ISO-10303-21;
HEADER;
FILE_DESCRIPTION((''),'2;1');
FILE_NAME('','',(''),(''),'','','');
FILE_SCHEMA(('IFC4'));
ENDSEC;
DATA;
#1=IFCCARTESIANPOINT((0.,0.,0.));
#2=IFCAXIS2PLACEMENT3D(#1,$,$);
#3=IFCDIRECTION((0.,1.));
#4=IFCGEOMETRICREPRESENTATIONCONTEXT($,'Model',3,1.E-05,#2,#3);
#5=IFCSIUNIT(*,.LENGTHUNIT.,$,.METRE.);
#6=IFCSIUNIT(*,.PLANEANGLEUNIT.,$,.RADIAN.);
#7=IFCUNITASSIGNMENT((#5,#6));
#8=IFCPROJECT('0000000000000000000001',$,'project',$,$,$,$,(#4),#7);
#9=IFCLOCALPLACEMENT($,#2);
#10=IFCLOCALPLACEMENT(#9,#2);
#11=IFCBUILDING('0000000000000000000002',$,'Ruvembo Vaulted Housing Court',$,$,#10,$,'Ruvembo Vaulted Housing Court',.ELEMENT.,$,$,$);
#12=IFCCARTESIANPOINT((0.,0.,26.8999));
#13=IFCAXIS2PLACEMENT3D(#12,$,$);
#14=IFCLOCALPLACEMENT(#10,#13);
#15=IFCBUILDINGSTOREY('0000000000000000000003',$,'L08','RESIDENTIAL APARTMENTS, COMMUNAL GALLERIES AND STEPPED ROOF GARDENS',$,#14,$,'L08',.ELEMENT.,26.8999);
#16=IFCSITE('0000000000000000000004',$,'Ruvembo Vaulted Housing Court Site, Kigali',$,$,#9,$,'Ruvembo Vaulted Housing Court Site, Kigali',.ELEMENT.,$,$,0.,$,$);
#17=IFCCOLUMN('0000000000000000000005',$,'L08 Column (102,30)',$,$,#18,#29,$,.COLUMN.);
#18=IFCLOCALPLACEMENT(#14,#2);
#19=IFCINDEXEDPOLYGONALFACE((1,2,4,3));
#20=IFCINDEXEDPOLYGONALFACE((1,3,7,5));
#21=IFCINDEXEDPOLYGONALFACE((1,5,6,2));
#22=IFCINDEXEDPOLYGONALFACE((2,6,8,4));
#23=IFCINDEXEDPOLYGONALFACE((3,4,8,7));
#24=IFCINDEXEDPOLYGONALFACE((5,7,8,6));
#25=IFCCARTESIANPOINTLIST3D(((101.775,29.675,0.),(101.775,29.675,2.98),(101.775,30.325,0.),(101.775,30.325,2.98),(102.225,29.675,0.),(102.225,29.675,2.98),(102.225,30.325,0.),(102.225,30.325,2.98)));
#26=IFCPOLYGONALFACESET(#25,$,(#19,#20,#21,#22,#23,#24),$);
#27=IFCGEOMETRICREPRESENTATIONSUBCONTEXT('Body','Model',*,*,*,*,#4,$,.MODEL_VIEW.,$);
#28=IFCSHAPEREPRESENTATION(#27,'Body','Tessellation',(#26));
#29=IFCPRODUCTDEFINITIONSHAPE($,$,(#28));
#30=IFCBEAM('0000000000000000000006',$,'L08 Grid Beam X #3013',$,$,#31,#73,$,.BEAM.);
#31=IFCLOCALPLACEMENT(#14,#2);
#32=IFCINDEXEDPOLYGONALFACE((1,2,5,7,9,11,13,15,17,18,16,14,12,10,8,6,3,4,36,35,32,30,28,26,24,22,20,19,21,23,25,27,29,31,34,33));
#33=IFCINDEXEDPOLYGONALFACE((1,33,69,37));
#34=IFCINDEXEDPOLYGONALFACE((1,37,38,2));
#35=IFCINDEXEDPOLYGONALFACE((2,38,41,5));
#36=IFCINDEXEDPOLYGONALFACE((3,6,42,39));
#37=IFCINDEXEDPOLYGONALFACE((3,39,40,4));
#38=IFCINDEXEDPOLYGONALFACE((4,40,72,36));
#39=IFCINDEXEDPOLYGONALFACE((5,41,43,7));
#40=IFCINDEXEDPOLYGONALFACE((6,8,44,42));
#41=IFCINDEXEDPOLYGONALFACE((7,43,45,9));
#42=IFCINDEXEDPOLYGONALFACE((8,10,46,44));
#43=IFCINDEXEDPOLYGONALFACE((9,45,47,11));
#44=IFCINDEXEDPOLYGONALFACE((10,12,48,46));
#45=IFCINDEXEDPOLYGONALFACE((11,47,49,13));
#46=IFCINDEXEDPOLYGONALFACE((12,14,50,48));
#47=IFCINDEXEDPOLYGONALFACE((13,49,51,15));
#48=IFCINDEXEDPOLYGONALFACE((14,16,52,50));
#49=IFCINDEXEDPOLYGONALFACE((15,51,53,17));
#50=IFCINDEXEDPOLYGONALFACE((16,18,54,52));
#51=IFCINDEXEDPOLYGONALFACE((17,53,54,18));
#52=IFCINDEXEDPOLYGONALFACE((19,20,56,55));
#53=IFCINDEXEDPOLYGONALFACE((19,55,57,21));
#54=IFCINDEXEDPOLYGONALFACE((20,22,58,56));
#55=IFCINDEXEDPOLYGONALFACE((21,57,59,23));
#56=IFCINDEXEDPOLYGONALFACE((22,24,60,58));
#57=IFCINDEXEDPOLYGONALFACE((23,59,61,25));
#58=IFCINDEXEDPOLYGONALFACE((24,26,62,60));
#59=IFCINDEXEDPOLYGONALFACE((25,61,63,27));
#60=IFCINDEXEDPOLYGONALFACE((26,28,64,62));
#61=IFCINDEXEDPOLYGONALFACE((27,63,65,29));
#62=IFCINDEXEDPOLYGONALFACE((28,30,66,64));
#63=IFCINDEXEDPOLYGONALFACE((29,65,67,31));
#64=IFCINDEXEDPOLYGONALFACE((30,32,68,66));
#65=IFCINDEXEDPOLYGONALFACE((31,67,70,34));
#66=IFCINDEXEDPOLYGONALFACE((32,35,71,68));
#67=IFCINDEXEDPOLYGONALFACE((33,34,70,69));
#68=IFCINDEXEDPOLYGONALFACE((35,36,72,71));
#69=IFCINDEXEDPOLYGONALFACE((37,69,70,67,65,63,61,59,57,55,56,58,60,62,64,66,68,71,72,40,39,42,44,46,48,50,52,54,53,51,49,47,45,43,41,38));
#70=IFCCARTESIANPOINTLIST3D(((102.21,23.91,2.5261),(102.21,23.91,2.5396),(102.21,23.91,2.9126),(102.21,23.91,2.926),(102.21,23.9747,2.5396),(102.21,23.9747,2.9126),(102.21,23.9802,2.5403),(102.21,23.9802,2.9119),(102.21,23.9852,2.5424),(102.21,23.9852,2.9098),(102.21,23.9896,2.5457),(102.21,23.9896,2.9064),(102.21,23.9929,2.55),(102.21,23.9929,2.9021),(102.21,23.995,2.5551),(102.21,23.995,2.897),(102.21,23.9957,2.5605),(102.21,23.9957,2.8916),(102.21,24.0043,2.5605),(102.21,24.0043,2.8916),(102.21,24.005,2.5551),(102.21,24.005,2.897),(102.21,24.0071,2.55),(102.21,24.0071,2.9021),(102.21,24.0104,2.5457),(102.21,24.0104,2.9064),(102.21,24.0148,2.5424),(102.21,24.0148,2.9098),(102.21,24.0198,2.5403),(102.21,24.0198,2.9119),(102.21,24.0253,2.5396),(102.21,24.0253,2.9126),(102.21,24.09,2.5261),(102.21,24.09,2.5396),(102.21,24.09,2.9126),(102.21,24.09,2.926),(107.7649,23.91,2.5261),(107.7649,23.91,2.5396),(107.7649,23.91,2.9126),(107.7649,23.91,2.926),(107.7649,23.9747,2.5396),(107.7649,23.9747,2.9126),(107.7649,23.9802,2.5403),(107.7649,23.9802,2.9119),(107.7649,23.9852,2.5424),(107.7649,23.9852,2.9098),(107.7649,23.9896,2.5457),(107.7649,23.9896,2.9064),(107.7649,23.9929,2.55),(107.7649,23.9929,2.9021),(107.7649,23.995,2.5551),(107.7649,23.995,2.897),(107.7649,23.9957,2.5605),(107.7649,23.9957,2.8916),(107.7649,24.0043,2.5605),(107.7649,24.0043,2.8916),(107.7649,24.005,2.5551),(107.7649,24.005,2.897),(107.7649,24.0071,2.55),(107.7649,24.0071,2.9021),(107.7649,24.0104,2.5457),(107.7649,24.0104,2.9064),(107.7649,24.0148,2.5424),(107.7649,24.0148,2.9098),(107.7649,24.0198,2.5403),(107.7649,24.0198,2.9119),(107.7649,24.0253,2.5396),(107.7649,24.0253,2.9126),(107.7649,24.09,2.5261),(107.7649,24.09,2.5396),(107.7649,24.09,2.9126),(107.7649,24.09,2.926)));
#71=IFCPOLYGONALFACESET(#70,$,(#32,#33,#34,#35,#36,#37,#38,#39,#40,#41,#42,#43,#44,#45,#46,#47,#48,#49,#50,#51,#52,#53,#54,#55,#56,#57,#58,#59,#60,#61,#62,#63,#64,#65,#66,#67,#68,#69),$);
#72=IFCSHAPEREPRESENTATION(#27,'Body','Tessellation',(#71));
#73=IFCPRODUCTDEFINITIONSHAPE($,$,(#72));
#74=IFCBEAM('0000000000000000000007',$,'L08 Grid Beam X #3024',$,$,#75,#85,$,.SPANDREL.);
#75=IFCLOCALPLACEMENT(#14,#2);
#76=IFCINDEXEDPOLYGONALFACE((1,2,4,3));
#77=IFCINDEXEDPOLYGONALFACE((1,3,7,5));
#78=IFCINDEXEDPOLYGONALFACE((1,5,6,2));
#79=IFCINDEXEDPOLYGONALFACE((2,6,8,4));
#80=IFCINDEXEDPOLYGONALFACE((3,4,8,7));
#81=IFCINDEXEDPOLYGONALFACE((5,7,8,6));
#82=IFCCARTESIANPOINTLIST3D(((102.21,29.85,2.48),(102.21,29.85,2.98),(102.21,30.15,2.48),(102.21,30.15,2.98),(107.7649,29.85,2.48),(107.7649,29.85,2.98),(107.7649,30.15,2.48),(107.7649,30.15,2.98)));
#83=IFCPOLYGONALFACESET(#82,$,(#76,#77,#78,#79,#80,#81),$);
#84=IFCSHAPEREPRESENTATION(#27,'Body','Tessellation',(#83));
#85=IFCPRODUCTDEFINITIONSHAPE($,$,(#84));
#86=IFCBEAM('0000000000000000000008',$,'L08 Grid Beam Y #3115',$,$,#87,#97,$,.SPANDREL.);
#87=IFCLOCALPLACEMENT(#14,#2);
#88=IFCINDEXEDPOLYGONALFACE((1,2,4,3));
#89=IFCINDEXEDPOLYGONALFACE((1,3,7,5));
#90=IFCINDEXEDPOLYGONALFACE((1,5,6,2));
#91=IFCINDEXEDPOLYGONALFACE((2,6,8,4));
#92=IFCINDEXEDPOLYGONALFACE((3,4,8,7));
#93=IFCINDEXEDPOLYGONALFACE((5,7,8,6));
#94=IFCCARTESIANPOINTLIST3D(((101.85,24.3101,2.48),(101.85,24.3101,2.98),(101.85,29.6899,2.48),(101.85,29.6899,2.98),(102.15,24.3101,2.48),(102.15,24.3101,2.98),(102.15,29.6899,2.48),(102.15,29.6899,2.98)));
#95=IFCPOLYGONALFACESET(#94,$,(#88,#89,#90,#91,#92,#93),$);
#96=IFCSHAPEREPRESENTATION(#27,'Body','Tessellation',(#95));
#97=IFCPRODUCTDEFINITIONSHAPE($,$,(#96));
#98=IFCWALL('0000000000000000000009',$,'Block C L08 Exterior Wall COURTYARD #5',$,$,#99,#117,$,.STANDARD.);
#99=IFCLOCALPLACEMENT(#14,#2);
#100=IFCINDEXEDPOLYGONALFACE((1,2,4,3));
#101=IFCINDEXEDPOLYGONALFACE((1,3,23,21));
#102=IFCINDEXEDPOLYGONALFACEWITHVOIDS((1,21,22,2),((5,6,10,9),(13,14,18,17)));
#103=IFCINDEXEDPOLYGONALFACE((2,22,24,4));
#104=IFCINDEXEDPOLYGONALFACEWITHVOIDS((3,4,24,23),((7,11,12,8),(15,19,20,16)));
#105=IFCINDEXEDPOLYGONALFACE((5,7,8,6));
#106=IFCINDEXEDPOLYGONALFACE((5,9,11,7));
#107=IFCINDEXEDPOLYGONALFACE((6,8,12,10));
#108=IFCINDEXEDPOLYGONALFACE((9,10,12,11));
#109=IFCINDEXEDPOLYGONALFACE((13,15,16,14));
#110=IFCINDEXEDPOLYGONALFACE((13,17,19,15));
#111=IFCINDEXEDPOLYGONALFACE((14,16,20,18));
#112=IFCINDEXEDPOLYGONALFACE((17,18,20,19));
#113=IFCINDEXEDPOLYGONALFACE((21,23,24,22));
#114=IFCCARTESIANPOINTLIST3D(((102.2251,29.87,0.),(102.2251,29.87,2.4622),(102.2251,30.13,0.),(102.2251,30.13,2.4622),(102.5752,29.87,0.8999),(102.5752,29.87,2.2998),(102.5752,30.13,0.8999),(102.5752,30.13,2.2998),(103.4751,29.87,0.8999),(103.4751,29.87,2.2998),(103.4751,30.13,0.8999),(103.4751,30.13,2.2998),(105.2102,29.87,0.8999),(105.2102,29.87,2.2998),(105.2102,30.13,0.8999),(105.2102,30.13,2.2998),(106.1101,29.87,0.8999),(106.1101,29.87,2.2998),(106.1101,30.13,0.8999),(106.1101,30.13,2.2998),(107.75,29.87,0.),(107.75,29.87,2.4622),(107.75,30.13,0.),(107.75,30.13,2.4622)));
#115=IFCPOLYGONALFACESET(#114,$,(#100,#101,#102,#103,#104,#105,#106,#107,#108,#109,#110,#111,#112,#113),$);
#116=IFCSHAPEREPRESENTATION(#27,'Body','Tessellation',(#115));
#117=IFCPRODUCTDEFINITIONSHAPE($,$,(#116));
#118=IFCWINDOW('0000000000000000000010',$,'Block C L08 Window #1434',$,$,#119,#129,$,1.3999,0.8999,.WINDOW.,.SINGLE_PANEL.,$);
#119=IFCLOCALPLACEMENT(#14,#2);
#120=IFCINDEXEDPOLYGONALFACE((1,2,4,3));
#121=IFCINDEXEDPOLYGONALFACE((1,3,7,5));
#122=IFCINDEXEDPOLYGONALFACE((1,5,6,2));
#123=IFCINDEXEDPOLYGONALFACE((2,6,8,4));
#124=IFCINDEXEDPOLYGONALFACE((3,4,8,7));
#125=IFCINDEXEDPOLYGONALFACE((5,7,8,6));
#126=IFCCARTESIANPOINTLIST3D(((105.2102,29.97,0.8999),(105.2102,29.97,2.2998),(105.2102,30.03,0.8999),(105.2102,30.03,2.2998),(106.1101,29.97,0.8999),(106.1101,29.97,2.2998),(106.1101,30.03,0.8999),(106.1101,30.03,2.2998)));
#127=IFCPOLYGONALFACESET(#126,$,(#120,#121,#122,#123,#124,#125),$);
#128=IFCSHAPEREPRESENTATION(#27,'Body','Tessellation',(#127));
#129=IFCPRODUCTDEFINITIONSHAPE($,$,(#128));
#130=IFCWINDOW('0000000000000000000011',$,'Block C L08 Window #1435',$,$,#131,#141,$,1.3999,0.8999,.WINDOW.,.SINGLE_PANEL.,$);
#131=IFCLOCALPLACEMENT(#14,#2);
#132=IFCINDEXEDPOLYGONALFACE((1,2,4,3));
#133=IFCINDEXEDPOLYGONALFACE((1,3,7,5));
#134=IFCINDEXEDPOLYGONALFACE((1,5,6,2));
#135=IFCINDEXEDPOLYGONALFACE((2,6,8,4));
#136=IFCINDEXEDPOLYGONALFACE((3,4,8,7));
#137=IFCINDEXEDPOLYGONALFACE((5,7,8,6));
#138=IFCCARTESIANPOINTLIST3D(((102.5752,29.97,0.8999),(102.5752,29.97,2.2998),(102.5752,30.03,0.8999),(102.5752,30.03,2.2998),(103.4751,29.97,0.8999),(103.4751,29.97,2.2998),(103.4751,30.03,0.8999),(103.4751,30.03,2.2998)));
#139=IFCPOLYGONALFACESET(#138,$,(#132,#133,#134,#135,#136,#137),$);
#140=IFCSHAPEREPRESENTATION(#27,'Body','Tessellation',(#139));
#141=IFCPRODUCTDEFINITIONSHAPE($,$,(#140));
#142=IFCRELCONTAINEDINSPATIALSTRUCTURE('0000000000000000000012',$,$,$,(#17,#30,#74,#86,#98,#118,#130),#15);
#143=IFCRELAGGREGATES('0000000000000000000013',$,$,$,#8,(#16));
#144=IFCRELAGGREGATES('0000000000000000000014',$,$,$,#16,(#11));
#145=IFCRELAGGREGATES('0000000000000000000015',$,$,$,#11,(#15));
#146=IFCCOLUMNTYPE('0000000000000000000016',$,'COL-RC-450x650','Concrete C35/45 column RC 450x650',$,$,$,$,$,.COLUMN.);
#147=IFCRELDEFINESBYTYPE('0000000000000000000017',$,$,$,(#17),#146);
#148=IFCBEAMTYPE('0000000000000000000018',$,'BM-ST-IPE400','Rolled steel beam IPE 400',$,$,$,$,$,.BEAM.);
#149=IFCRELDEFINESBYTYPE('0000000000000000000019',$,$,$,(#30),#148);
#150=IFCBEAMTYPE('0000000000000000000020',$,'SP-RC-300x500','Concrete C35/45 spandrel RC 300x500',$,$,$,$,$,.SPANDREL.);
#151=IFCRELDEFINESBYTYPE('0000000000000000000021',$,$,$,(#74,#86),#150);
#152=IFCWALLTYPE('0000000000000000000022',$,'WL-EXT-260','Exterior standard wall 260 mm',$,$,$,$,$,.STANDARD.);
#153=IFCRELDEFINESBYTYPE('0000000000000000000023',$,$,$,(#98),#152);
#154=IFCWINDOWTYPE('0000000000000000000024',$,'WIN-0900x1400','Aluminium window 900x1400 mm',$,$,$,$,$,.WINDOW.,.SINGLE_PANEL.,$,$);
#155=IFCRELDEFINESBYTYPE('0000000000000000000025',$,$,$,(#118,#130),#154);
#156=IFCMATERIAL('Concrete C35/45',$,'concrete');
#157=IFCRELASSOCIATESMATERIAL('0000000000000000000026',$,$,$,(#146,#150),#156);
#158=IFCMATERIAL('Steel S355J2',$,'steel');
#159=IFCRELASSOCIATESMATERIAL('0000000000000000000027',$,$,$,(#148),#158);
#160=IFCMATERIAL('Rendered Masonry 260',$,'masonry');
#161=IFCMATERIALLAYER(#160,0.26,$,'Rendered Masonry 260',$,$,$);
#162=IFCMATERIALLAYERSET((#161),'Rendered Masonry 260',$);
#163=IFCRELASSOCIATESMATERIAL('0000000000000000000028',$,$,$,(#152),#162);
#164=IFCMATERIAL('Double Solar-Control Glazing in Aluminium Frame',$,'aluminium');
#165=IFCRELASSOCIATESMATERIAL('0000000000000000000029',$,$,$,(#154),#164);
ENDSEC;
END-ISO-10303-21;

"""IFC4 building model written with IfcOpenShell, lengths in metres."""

from ifc_helpers import new_model, si_unit, direction, frame, frame_2d, origin, origin_2d, place, context, subcontext, project, spatial, rectangle, i_section, extrude, material, layer, layer_set, material_profile, profile_set, type_object, element, fill, save


model = new_model("IFC4")

# Units and contexts
model_context = context("Model", 3, precision=1e-05, world=origin(), true_north=direction((0.0, 1.0)))
body_context = subcontext(model_context, "Body", "Model", "MODEL_VIEW")
ifc_project = project(units=[si_unit("LENGTHUNIT", "METRE"), si_unit("PLANEANGLEUNIT", "RADIAN")], contexts=[model_context])

# Site, building, storey
site_placement = place(None, origin())
site = spatial("IfcSite", under=ifc_project, at=site_placement, Name="Ruvembo Vaulted Housing Court Site, Kigali", LongName="Ruvembo Vaulted Housing Court Site, Kigali", CompositionType="ELEMENT", RefElevation=0.0)
building_placement = place(site_placement, origin())
building = spatial("IfcBuilding", under=site, at=building_placement, Name="Ruvembo Vaulted Housing Court", LongName="Ruvembo Vaulted Housing Court", CompositionType="ELEMENT")
storey_placement = place(building_placement, frame((0.0, 0.0, 26.8999)))
storey = spatial("IfcBuildingStorey", under=building, at=storey_placement, Name="L08", Description="RESIDENTIAL APARTMENTS, COMMUNAL GALLERIES AND STEPPED ROOF GARDENS", LongName="L08", CompositionType="ELEMENT", Elevation=26.8999)

# Column
ifc_material_1 = material(Name="Concrete C35/45", Category="concrete")
ifc_material_profile_1 = material_profile(ifc_material_1, rectangle(XDim=0.45, YDim=0.6499, at=origin_2d()), Name="RC 450x650")
ifc_profile_set_1 = profile_set([ifc_material_profile_1], Name="Concrete C35/45")
column_type = type_object("IfcColumnType", Name="COL-RC-450x650", Description="Concrete C35/45 column RC 450x650", PredefinedType="COLUMN", material=ifc_profile_set_1)
column_placement = place(storey_placement, frame((102.0, 30.0, 0.0), z_axis=(0.0, 0.0, 1.0), x_axis=(1.0, 0.0, 0.0)))
element("IfcColumn", 1, at=column_placement, inside=storey, type_object=column_type, Name="L08 Column (102,30)", PredefinedType="COLUMN", context=body_context, shape_type="SweptSolid", body=[
    extrude(rectangle(XDim=0.45, YDim=0.6499, at=origin_2d()), origin(), (0.0, 0.0, 1.0), 2.98),
])

# Beams
ifc_material_2 = material(Name="Steel S355J2", Category="steel")
ifc_material_profile_2 = material_profile(ifc_material_2, i_section(OverallWidth=0.1799, OverallDepth=0.3999, WebThickness=0.0085, FlangeThickness=0.0134, FilletRadius=0.021, at=origin_2d()), Name="IPE 400")
ifc_profile_set_2 = profile_set([ifc_material_profile_2], Name="Steel S355J2")
beam_type_1 = type_object("IfcBeamType", Name="BM-ST-IPE400", Description="Rolled steel beam IPE 400", PredefinedType="BEAM", material=ifc_profile_set_2)
beam_1_placement = place(storey_placement, frame((102.21, 24.0, 2.7261), z_axis=(1.0, 0.0, 0.0), x_axis=(0.0, 1.0, 0.0)))
element("IfcBeam", 2, at=beam_1_placement, inside=storey, type_object=beam_type_1, Name="L08 Grid Beam X #3013", PredefinedType="BEAM", context=body_context, shape_type="SweptSolid", body=[
    extrude(i_section(OverallWidth=0.1799, OverallDepth=0.3999, WebThickness=0.0085, FlangeThickness=0.0134, FilletRadius=0.021, at=origin_2d()), origin(), (0.0, 0.0, 1.0), 5.5549),
])
ifc_material_profile_3 = material_profile(ifc_material_1, rectangle(XDim=0.3, YDim=0.5, at=origin_2d()), Name="RC 300x500")
ifc_profile_set_3 = profile_set([ifc_material_profile_3], Name="Concrete C35/45")
beam_type_2 = type_object("IfcBeamType", Name="SP-RC-300x500", Description="Concrete C35/45 spandrel RC 300x500", PredefinedType="SPANDREL", material=ifc_profile_set_3)
beam_2_placement = place(storey_placement, frame((102.21, 30.0, 2.73), z_axis=(1.0, 0.0, 0.0), x_axis=(0.0, 1.0, 0.0)))
element("IfcBeam", 3, at=beam_2_placement, inside=storey, type_object=beam_type_2, Name="L08 Grid Beam X #3024", PredefinedType="SPANDREL", context=body_context, shape_type="SweptSolid", body=[
    extrude(rectangle(XDim=0.3, YDim=0.5, at=origin_2d()), origin(), (0.0, 0.0, 1.0), 5.5549),
])
beam_3_placement = place(storey_placement, frame((102.0, 24.3101, 2.73), z_axis=(0.0, 1.0, 0.0), x_axis=(-1.0, 0.0, 0.0)))
element("IfcBeam", 4, at=beam_3_placement, inside=storey, type_object=beam_type_2, Name="L08 Grid Beam Y #3115", PredefinedType="SPANDREL", context=body_context, shape_type="SweptSolid", body=[
    extrude(rectangle(XDim=0.3, YDim=0.5, at=origin_2d()), origin(), (0.0, 0.0, 1.0), 5.3799),
])

# Wall, openings, windows
ifc_material_3 = material(Name="Rendered Masonry 260", Category="masonry")
ifc_layer_1 = layer(ifc_material_3, 0.26, Name="Rendered Masonry 260")
ifc_layer_set_1 = layer_set([ifc_layer_1], Name="Rendered Masonry 260")
wall_type_1 = type_object("IfcWallType", Name="WL-EXT-260", Description="Exterior standard wall 260 mm", PredefinedType="STANDARD", material=ifc_layer_set_1)
wall_1_placement = place(storey_placement, frame((107.75, 30.0, 0.0), z_axis=(0.0, 0.0, 1.0), x_axis=(-1.0, 0.0, 0.0)))
wall_1 = element("IfcWall", 5, at=wall_1_placement, inside=storey, type_object=wall_type_1, Name="Block C L08 Exterior Wall COURTYARD #5", PredefinedType="STANDARD", context=body_context, shape_type="SweptSolid", body=[
    extrude(rectangle(XDim=5.5249, YDim=0.26, at=frame_2d((2.7625, 0.0))), origin(), (0.0, 0.0, 1.0), 2.4622),
])
opening_1_placement = place(wall_1_placement, frame((1.6399, 0.0, 0.8999)))
opening_1 = element("IfcOpeningElement", 6, at=opening_1_placement, cuts=wall_1, PredefinedType="OPENING", context=body_context, shape_type="SweptSolid", body=[
    extrude(rectangle(XDim=0.8999, YDim=1.3999, at=frame_2d((0.45, 0.7))), frame((0.0, 0.1399, 0.0), z_axis=(0.0, -1.0, 0.0), x_axis=(1.0, 0.0, 0.0)), (0.0, 0.0, 1.0), 0.28),
])
opening_2_placement = place(wall_1_placement, frame((4.2749, 0.0, 0.8999)))
opening_2 = element("IfcOpeningElement", 7, at=opening_2_placement, cuts=wall_1, PredefinedType="OPENING", context=body_context, shape_type="SweptSolid", body=[
    extrude(rectangle(XDim=0.8999, YDim=1.3999, at=frame_2d((0.45, 0.7))), frame((0.0, 0.1399, 0.0), z_axis=(0.0, -1.0, 0.0), x_axis=(1.0, 0.0, 0.0)), (0.0, 0.0, 1.0), 0.28),
])
ifc_material_4 = material(Name="Double Solar-Control Glazing in Aluminium Frame", Category="aluminium")
window_type_1 = type_object("IfcWindowType", Name="WIN-0900x1400", Description="Aluminium window 900x1400 mm", PartitioningType="SINGLE_PANEL", PredefinedType="WINDOW", material=ifc_material_4)
window_1_placement = place(opening_1_placement, origin())
window_1 = element("IfcWindow", 8, at=window_1_placement, inside=storey, type_object=window_type_1, Name="Block C L08 Window #1434", OverallHeight=1.3999, OverallWidth=0.8999, PartitioningType="SINGLE_PANEL", PredefinedType="WINDOW", context=body_context, shape_type="SweptSolid", body=[
    extrude(rectangle(XDim=0.8999, YDim=1.3999, at=frame_2d((0.45, 0.7))), frame((0.0, 0.03, 0.0), z_axis=(0.0, -1.0, 0.0), x_axis=(1.0, 0.0, 0.0)), (0.0, 0.0, 1.0), 0.0601),
])
fill(opening_1, window_1)
window_2_placement = place(opening_2_placement, origin())
window_2 = element("IfcWindow", 9, at=window_2_placement, inside=storey, type_object=window_type_1, Name="Block C L08 Window #1435", OverallHeight=1.3999, OverallWidth=0.8999, PartitioningType="SINGLE_PANEL", PredefinedType="WINDOW", context=body_context, shape_type="SweptSolid", body=[
    extrude(rectangle(XDim=0.8999, YDim=1.3999, at=frame_2d((0.45, 0.7))), frame((0.0, 0.03, 0.0), z_axis=(0.0, -1.0, 0.0), x_axis=(1.0, 0.0, 0.0)), (0.0, 0.0, 1.0), 0.0601),
])
fill(opening_2, window_2)

save(model, "model.ifc")
